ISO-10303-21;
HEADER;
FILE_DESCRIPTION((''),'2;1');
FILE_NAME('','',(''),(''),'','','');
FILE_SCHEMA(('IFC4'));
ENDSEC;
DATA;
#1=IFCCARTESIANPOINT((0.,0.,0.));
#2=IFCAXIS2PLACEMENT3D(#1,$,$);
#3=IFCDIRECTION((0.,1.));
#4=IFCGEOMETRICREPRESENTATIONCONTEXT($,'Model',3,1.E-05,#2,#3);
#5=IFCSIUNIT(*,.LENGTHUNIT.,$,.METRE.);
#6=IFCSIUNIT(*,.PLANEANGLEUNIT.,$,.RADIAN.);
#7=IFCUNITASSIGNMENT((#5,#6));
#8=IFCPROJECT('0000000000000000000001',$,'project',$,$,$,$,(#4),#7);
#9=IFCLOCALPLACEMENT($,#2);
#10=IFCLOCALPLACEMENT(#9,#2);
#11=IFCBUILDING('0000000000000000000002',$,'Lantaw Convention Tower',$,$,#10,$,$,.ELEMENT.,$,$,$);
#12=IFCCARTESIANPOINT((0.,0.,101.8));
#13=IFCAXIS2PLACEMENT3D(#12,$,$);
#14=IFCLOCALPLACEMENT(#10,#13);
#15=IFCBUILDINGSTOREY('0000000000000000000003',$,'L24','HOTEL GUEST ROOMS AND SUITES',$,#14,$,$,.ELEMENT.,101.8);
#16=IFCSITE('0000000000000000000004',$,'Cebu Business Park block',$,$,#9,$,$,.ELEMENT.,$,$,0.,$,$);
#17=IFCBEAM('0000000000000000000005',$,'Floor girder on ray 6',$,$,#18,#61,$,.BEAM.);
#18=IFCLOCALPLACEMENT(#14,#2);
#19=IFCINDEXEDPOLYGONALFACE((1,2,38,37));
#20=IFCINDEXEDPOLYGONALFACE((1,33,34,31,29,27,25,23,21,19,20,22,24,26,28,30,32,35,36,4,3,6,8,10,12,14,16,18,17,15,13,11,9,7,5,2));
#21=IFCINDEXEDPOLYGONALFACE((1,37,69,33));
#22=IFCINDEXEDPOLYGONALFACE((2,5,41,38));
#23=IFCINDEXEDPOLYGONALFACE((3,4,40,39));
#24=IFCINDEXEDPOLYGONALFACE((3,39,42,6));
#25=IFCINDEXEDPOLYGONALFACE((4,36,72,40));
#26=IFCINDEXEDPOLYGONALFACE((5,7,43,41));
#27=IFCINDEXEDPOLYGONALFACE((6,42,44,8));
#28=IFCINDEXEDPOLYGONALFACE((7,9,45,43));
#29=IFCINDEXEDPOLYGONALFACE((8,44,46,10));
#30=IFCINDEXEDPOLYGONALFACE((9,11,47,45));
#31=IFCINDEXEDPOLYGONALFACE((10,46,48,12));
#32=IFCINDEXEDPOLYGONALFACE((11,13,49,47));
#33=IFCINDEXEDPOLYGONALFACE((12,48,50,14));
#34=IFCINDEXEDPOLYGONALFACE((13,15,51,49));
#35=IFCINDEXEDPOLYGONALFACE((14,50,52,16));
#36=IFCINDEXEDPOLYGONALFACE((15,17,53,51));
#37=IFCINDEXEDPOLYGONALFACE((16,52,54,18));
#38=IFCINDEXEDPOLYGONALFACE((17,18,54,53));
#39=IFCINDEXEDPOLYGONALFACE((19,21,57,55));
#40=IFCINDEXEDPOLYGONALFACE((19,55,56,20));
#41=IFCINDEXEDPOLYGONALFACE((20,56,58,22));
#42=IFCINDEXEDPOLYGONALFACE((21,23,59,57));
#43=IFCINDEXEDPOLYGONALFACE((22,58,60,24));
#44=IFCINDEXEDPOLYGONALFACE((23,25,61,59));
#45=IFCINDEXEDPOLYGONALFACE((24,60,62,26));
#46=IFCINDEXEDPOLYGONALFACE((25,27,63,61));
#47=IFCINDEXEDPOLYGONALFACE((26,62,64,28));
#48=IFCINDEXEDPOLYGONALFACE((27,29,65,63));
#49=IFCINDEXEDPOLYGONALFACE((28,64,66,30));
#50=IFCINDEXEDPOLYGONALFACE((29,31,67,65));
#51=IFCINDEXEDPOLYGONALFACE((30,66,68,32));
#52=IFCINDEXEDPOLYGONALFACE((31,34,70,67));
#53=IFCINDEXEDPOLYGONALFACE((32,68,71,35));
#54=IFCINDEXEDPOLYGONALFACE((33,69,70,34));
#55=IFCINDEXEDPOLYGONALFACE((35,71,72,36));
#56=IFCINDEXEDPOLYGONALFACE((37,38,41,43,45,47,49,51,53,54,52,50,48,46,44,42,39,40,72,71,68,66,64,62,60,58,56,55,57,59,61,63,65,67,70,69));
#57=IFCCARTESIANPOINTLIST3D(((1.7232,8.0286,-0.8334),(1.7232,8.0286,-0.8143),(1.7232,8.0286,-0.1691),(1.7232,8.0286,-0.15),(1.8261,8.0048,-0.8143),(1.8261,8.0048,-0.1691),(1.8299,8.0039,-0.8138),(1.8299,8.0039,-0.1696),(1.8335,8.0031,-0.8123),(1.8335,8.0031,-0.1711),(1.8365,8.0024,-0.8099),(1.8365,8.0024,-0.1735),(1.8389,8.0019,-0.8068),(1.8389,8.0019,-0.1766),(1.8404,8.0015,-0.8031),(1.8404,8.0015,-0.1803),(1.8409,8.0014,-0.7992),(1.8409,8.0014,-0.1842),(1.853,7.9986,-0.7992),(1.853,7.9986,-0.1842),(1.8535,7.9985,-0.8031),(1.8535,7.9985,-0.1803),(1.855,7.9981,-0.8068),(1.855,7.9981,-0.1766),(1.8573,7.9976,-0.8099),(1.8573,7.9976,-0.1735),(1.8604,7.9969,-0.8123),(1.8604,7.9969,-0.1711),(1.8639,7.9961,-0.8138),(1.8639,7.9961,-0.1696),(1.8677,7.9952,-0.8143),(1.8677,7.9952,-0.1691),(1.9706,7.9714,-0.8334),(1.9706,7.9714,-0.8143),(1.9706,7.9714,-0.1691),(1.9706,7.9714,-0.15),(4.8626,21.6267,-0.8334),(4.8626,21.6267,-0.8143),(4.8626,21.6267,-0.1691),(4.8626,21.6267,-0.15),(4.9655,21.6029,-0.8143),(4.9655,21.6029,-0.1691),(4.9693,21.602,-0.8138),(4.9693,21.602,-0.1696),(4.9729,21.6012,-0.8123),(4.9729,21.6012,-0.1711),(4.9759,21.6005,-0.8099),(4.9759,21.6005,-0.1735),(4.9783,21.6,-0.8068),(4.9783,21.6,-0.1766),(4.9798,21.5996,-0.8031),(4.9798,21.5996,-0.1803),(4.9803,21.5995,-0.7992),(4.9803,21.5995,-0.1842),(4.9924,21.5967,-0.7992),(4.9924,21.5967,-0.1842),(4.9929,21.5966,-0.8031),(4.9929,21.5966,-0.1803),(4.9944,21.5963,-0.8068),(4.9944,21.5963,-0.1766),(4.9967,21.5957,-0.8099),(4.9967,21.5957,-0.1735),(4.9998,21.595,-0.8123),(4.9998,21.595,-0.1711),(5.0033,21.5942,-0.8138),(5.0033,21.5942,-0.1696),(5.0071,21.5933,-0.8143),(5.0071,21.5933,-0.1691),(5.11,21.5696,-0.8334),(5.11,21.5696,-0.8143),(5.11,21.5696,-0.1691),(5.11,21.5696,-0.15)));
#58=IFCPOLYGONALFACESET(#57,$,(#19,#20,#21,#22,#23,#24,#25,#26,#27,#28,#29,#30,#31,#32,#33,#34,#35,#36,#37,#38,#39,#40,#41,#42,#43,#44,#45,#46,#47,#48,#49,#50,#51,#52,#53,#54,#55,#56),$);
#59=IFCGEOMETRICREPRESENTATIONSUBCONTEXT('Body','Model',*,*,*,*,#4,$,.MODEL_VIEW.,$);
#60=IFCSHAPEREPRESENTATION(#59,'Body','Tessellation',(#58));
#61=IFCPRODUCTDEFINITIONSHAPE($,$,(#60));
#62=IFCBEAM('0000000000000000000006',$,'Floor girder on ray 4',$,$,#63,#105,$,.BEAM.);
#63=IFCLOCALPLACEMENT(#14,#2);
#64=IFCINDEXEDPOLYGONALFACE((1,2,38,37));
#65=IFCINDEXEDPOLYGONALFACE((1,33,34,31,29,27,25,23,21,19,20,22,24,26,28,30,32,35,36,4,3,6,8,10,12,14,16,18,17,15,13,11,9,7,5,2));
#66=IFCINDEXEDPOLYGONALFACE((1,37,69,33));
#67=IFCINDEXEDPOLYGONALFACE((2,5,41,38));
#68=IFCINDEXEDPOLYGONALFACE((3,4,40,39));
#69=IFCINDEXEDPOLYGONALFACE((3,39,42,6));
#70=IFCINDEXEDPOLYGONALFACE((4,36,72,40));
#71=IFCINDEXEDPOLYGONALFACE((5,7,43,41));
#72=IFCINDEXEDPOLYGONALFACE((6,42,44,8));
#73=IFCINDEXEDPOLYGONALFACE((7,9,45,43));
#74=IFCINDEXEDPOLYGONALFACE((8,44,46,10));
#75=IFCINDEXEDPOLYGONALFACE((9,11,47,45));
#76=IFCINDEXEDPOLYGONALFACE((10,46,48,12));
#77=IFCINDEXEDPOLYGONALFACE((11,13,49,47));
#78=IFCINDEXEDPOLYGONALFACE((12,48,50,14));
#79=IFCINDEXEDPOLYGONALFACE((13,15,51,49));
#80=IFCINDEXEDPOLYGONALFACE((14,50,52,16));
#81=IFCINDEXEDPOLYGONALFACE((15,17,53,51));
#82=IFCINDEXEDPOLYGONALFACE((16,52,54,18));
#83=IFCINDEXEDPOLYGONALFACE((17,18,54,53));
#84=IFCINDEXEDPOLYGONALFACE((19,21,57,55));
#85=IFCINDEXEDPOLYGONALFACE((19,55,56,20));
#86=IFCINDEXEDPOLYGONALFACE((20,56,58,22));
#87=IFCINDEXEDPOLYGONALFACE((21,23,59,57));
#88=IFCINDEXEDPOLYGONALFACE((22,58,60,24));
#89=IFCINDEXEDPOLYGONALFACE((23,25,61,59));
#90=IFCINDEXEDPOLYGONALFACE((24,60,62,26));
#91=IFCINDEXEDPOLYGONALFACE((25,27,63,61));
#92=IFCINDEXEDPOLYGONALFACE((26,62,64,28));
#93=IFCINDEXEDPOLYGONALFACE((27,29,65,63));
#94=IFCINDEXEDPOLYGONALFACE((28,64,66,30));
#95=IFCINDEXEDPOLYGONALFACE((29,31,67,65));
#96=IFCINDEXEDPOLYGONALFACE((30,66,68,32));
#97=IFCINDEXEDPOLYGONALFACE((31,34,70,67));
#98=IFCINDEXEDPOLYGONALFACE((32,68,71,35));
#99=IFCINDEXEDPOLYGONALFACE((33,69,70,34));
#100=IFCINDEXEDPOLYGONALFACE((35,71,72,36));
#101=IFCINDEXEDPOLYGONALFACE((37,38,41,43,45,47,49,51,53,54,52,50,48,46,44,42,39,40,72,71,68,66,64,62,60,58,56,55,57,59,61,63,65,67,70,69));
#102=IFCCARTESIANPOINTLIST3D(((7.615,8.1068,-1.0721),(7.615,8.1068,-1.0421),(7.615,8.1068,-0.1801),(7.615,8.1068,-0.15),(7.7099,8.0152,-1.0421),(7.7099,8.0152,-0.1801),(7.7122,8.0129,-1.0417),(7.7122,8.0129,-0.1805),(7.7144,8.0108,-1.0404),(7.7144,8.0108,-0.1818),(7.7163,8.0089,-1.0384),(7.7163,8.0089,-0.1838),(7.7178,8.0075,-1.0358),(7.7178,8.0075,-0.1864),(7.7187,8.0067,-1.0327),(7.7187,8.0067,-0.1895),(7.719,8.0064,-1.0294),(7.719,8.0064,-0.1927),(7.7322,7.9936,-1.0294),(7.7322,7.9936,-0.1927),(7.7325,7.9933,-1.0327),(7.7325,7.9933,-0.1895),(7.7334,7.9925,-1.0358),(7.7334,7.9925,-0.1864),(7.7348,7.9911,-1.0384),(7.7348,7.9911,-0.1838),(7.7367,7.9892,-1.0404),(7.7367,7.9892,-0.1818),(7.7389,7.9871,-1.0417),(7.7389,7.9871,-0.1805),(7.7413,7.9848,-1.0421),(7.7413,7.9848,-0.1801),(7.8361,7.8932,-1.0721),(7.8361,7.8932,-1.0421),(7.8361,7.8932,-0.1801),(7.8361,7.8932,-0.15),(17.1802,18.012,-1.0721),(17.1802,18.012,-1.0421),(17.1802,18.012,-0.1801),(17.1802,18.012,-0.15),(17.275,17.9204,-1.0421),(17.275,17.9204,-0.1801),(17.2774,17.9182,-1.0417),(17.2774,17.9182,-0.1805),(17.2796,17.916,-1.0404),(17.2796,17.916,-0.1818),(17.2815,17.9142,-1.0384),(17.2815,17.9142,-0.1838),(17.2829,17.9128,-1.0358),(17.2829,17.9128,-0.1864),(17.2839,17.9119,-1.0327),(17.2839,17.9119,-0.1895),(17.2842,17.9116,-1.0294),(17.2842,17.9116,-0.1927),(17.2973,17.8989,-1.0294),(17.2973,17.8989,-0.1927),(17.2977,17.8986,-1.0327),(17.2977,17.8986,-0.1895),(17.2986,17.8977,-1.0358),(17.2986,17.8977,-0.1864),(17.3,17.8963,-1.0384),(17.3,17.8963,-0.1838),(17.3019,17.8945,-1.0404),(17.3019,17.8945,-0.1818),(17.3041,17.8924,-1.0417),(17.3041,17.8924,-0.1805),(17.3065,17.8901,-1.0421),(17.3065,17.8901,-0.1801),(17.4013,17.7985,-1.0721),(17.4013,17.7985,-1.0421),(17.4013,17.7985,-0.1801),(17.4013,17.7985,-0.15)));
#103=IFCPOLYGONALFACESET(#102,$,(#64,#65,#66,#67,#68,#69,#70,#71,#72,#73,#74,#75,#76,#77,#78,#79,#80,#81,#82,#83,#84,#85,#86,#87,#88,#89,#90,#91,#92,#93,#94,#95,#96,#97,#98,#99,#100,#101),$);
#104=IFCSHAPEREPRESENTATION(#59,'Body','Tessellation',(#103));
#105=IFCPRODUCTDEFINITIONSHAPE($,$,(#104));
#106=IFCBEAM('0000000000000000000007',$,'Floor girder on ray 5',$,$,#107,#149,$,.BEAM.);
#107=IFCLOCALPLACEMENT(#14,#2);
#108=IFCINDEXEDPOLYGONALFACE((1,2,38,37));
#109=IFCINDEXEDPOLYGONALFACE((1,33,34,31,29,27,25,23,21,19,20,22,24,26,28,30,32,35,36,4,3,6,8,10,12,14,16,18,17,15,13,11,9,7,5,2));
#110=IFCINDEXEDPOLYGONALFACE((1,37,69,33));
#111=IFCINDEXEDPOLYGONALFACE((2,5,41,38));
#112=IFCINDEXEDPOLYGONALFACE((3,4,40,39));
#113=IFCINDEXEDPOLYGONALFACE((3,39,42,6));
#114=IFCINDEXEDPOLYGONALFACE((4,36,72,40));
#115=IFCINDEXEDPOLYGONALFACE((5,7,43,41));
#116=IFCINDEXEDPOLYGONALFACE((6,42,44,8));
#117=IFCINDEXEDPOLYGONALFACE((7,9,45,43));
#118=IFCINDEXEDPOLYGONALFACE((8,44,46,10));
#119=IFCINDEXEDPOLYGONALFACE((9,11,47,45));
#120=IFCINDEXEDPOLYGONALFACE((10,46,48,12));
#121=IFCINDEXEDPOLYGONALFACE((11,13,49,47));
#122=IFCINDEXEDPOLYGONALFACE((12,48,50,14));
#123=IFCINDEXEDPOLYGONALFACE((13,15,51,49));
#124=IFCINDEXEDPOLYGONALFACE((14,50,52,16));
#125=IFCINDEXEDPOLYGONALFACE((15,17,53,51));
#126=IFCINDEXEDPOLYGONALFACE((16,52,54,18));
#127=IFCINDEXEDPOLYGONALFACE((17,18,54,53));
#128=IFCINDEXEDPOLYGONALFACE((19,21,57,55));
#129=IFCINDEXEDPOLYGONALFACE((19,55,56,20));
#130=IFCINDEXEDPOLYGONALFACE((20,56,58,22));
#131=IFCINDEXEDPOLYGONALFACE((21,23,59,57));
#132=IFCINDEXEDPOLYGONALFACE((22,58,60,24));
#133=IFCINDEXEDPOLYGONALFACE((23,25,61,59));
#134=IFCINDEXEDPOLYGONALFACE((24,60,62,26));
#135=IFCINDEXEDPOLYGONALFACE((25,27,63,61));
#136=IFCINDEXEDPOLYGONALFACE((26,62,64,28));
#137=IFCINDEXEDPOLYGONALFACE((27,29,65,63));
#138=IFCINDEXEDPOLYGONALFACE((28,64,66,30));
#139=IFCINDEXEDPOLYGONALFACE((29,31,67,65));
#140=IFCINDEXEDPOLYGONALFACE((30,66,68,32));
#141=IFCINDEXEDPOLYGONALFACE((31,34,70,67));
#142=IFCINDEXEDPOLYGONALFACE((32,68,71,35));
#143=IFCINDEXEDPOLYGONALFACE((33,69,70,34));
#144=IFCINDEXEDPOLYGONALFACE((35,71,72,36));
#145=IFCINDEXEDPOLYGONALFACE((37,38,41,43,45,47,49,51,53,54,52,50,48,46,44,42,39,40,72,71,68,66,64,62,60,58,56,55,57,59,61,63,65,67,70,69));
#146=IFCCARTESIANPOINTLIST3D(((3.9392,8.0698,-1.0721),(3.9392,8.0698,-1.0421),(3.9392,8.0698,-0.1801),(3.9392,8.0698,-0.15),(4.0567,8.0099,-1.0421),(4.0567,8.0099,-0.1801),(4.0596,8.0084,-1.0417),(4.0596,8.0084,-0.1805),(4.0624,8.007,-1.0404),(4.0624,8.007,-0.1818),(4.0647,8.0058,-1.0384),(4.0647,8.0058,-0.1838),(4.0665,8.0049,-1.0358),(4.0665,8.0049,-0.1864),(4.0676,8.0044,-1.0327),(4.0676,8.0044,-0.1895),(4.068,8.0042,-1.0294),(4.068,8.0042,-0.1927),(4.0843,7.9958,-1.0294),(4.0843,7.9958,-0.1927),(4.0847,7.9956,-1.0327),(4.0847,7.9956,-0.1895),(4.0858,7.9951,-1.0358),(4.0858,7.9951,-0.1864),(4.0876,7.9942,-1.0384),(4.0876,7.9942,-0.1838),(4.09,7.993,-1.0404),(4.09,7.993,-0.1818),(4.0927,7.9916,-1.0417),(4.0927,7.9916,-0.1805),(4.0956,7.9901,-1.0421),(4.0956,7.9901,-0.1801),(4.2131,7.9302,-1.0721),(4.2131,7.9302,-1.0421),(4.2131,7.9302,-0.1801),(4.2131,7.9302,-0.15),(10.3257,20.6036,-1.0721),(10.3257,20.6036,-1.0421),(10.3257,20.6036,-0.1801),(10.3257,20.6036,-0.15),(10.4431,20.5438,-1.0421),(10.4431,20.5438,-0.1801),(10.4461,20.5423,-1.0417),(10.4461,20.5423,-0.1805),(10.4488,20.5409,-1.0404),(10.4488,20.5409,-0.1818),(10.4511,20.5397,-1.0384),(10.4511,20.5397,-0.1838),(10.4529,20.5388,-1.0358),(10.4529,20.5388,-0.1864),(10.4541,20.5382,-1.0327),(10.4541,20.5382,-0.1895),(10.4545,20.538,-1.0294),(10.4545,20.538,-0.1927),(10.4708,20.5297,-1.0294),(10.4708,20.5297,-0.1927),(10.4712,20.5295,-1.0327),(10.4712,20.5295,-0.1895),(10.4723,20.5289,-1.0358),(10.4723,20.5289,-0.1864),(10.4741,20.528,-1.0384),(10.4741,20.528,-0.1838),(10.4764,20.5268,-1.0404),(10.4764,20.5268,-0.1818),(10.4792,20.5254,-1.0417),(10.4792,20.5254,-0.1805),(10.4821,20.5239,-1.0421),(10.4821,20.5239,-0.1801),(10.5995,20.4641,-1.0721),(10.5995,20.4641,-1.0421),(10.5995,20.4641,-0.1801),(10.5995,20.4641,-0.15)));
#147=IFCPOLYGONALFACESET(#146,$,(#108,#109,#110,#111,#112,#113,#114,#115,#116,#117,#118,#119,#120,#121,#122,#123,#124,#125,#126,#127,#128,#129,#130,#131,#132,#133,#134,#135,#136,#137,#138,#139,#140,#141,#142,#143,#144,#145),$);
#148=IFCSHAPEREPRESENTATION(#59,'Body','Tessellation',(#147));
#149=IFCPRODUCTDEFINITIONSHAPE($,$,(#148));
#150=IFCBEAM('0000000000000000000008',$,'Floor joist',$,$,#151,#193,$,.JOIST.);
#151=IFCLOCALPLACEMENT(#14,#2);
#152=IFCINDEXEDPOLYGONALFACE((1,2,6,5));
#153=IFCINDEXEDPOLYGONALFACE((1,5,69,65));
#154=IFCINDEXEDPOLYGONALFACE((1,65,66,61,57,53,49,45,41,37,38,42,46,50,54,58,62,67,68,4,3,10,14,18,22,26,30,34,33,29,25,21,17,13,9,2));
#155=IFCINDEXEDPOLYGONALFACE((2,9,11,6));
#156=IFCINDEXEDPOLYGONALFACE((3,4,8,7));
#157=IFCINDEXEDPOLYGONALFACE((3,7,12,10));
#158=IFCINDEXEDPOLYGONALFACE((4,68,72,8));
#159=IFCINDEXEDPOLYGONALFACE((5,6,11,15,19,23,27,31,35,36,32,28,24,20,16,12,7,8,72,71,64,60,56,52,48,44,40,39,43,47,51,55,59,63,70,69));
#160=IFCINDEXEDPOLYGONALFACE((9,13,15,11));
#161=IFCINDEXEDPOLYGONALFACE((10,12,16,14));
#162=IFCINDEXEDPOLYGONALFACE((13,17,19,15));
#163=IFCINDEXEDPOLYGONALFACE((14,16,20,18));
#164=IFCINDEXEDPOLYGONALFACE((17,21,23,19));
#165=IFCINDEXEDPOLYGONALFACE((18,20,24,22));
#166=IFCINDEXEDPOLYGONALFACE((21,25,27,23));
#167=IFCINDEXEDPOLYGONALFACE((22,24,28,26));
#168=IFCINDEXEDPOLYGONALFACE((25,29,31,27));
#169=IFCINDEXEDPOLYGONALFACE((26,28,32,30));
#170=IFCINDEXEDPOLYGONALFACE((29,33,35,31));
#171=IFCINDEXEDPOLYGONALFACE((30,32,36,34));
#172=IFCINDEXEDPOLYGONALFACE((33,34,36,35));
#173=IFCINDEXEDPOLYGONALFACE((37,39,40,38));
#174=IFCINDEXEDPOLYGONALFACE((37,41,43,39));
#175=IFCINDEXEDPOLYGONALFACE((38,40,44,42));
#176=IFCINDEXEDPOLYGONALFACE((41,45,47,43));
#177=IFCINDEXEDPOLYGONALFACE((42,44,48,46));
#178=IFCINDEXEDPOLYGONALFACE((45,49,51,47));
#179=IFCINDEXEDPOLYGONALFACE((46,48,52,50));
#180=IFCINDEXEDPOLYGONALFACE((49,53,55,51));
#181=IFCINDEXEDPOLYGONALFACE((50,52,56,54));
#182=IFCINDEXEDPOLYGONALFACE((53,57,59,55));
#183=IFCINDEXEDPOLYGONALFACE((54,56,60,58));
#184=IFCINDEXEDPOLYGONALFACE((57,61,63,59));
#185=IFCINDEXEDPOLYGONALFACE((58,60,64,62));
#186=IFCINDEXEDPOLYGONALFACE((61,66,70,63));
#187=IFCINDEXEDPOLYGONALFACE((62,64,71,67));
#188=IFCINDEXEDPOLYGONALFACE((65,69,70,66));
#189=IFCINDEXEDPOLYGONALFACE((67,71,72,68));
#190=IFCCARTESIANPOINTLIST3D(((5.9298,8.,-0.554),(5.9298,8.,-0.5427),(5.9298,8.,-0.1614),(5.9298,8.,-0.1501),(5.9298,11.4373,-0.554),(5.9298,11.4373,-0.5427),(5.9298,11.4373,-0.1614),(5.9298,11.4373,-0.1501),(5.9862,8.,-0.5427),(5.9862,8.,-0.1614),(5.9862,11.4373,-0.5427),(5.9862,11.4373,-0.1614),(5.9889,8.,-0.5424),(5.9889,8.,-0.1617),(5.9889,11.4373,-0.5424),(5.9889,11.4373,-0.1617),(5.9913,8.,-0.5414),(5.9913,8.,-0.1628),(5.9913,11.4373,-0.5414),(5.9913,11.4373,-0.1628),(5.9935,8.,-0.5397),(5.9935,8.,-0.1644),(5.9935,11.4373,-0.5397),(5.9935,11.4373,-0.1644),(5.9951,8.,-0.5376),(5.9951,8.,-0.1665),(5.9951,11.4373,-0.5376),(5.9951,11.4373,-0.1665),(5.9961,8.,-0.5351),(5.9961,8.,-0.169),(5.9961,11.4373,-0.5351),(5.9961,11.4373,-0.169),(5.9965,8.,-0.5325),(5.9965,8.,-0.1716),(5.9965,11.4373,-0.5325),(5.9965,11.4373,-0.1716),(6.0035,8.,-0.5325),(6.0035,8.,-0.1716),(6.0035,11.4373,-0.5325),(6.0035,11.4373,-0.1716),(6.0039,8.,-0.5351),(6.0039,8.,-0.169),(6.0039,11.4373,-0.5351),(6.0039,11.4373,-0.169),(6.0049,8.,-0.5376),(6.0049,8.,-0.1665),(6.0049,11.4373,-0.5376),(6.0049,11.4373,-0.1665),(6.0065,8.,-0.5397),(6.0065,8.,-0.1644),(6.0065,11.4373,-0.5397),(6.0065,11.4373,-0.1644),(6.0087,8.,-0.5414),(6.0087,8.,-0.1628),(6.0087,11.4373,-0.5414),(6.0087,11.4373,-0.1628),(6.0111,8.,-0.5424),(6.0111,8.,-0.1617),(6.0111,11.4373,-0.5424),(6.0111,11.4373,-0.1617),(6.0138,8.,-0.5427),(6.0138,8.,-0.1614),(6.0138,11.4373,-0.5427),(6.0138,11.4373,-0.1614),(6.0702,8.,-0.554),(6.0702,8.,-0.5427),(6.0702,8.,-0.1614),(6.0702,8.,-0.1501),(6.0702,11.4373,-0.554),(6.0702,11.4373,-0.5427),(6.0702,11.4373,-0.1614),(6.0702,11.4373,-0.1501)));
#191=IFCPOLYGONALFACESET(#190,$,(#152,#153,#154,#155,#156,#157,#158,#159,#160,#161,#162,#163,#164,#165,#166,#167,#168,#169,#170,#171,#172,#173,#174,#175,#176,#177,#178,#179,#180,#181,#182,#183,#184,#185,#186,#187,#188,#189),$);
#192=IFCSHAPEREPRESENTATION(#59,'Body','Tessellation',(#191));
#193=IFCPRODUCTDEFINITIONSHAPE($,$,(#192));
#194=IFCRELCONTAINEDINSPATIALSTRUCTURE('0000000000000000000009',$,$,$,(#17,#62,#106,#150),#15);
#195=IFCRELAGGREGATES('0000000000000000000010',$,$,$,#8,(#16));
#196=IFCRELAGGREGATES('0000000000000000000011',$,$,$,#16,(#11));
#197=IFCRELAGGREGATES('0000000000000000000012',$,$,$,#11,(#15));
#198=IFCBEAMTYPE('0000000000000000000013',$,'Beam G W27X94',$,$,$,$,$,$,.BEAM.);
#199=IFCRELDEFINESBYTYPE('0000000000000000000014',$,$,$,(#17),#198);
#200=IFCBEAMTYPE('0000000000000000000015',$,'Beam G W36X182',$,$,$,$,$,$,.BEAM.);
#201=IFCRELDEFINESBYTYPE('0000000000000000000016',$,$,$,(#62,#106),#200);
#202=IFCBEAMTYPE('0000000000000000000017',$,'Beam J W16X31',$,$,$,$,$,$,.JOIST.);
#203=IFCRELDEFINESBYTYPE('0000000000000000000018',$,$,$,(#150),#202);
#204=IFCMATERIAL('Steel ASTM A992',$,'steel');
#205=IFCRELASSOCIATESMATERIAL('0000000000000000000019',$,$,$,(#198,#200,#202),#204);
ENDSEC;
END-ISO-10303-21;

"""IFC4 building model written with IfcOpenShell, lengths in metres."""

from ifc_helpers import new_model, si_unit, direction, frame, origin, origin_2d, place, context, subcontext, project, spatial, i_section, extrude, material, material_profile, profile_set, type_object, element, save


model = new_model("IFC4")

# Units and contexts
model_context = context("Model", 3, precision=1e-05, world=origin(), true_north=direction((0.0, 1.0)))
body_context = subcontext(model_context, "Body", "Model", "MODEL_VIEW")
ifc_project = project(units=[si_unit("LENGTHUNIT", "METRE"), si_unit("PLANEANGLEUNIT", "RADIAN")], contexts=[model_context])

# Site, building, storey
site_placement = place(None, origin())
site = spatial("IfcSite", under=ifc_project, at=site_placement, Name="Cebu Business Park block", CompositionType="ELEMENT", RefElevation=0.0)
building_placement = place(site_placement, origin())
building = spatial("IfcBuilding", under=site, at=building_placement, Name="Lantaw Convention Tower", CompositionType="ELEMENT")
storey_placement = place(building_placement, frame((0.0, 0.0, 101.8)))
storey = spatial("IfcBuildingStorey", under=building, at=storey_placement, Name="L24", Description="HOTEL GUEST ROOMS AND SUITES", CompositionType="ELEMENT", Elevation=101.8)

# Beams
ifc_material_1 = material(Name="Steel ASTM A992", Category="steel")
ifc_material_profile_1 = material_profile(ifc_material_1, i_section(OverallWidth=0.2539, OverallDepth=0.6833, WebThickness=0.0125, FlangeThickness=0.019, FilletRadius=0.0151, at=origin_2d()), Name="W27X94")
ifc_profile_set_1 = profile_set([ifc_material_profile_1], Name="Steel ASTM A992")
beam_type_1 = type_object("IfcBeamType", Name="Beam G W27X94", PredefinedType="BEAM", material=ifc_profile_set_1)
beam_1_placement = place(storey_placement, frame((1.8469, 8.0, -0.4917), z_axis=(0.224953, 0.97437, 0.0), x_axis=(-0.97437, 0.224953, 0.0)))
element("IfcBeam", 1, at=beam_1_placement, inside=storey, type_object=beam_type_1, Name="Floor girder on ray 6", PredefinedType="BEAM", context=body_context, shape_type="SweptSolid", body=[
    extrude(i_section(OverallWidth=0.2539, OverallDepth=0.6833, WebThickness=0.0125, FlangeThickness=0.019, FilletRadius=0.0151, at=origin_2d()), origin(), (0.0, 0.0, 1.0), 13.9558),
])
ifc_material_profile_2 = material_profile(ifc_material_1, i_section(OverallWidth=0.3074, OverallDepth=0.9221, WebThickness=0.0183, FlangeThickness=0.03, FilletRadius=0.0127, at=origin_2d()), Name="W36X182")
ifc_profile_set_2 = profile_set([ifc_material_profile_2], Name="Steel ASTM A992")
beam_type_2 = type_object("IfcBeamType", Name="Beam G W36X182", PredefinedType="BEAM", material=ifc_profile_set_2)
beam_2_placement = place(storey_placement, frame((7.7256, 8.0, -0.6111), z_axis=(0.69465, 0.719348, 0.0), x_axis=(-0.719348, 0.69465, 0.0)))
element("IfcBeam", 2, at=beam_2_placement, inside=storey, type_object=beam_type_2, Name="Floor girder on ray 4", PredefinedType="BEAM", context=body_context, shape_type="SweptSolid", body=[
    extrude(i_section(OverallWidth=0.3074, OverallDepth=0.9221, WebThickness=0.0183, FlangeThickness=0.03, FilletRadius=0.0127, at=origin_2d()), origin(), (0.0, 0.0, 1.0), 13.7698),
])
beam_3_placement = place(storey_placement, frame((4.0762, 8.0, -0.6111), z_axis=(0.453997, 0.891003, 0.0), x_axis=(-0.891003, 0.453997, 0.0)))
element("IfcBeam", 3, at=beam_3_placement, inside=storey, type_object=beam_type_2, Name="Floor girder on ray 5", PredefinedType="BEAM", context=body_context, shape_type="SweptSolid", body=[
    extrude(i_section(OverallWidth=0.3074, OverallDepth=0.9221, WebThickness=0.0183, FlangeThickness=0.03, FilletRadius=0.0127, at=origin_2d()), origin(), (0.0, 0.0, 1.0), 14.0671),
])
ifc_material_profile_3 = material_profile(ifc_material_1, i_section(OverallWidth=0.1404, OverallDepth=0.4038, WebThickness=0.0071, FlangeThickness=0.0112, FilletRadius=0.0103, at=origin_2d()), Name="W16X31")
ifc_profile_set_3 = profile_set([ifc_material_profile_3], Name="Steel ASTM A992")
beam_type_3 = type_object("IfcBeamType", Name="Beam J W16X31", PredefinedType="JOIST", material=ifc_profile_set_3)
beam_4_placement = place(storey_placement, frame((6.0, 8.0, -0.3521), z_axis=(0.0, 1.0, 0.0), x_axis=(-1.0, 0.0, 0.0)))
element("IfcBeam", 4, at=beam_4_placement, inside=storey, type_object=beam_type_3, Name="Floor joist", PredefinedType="JOIST", context=body_context, shape_type="SweptSolid", body=[
    extrude(i_section(OverallWidth=0.1404, OverallDepth=0.4038, WebThickness=0.0071, FlangeThickness=0.0112, FilletRadius=0.0103, at=origin_2d()), origin(), (0.0, 0.0, 1.0), 3.4373),
])

save(model, "model.ifc")
